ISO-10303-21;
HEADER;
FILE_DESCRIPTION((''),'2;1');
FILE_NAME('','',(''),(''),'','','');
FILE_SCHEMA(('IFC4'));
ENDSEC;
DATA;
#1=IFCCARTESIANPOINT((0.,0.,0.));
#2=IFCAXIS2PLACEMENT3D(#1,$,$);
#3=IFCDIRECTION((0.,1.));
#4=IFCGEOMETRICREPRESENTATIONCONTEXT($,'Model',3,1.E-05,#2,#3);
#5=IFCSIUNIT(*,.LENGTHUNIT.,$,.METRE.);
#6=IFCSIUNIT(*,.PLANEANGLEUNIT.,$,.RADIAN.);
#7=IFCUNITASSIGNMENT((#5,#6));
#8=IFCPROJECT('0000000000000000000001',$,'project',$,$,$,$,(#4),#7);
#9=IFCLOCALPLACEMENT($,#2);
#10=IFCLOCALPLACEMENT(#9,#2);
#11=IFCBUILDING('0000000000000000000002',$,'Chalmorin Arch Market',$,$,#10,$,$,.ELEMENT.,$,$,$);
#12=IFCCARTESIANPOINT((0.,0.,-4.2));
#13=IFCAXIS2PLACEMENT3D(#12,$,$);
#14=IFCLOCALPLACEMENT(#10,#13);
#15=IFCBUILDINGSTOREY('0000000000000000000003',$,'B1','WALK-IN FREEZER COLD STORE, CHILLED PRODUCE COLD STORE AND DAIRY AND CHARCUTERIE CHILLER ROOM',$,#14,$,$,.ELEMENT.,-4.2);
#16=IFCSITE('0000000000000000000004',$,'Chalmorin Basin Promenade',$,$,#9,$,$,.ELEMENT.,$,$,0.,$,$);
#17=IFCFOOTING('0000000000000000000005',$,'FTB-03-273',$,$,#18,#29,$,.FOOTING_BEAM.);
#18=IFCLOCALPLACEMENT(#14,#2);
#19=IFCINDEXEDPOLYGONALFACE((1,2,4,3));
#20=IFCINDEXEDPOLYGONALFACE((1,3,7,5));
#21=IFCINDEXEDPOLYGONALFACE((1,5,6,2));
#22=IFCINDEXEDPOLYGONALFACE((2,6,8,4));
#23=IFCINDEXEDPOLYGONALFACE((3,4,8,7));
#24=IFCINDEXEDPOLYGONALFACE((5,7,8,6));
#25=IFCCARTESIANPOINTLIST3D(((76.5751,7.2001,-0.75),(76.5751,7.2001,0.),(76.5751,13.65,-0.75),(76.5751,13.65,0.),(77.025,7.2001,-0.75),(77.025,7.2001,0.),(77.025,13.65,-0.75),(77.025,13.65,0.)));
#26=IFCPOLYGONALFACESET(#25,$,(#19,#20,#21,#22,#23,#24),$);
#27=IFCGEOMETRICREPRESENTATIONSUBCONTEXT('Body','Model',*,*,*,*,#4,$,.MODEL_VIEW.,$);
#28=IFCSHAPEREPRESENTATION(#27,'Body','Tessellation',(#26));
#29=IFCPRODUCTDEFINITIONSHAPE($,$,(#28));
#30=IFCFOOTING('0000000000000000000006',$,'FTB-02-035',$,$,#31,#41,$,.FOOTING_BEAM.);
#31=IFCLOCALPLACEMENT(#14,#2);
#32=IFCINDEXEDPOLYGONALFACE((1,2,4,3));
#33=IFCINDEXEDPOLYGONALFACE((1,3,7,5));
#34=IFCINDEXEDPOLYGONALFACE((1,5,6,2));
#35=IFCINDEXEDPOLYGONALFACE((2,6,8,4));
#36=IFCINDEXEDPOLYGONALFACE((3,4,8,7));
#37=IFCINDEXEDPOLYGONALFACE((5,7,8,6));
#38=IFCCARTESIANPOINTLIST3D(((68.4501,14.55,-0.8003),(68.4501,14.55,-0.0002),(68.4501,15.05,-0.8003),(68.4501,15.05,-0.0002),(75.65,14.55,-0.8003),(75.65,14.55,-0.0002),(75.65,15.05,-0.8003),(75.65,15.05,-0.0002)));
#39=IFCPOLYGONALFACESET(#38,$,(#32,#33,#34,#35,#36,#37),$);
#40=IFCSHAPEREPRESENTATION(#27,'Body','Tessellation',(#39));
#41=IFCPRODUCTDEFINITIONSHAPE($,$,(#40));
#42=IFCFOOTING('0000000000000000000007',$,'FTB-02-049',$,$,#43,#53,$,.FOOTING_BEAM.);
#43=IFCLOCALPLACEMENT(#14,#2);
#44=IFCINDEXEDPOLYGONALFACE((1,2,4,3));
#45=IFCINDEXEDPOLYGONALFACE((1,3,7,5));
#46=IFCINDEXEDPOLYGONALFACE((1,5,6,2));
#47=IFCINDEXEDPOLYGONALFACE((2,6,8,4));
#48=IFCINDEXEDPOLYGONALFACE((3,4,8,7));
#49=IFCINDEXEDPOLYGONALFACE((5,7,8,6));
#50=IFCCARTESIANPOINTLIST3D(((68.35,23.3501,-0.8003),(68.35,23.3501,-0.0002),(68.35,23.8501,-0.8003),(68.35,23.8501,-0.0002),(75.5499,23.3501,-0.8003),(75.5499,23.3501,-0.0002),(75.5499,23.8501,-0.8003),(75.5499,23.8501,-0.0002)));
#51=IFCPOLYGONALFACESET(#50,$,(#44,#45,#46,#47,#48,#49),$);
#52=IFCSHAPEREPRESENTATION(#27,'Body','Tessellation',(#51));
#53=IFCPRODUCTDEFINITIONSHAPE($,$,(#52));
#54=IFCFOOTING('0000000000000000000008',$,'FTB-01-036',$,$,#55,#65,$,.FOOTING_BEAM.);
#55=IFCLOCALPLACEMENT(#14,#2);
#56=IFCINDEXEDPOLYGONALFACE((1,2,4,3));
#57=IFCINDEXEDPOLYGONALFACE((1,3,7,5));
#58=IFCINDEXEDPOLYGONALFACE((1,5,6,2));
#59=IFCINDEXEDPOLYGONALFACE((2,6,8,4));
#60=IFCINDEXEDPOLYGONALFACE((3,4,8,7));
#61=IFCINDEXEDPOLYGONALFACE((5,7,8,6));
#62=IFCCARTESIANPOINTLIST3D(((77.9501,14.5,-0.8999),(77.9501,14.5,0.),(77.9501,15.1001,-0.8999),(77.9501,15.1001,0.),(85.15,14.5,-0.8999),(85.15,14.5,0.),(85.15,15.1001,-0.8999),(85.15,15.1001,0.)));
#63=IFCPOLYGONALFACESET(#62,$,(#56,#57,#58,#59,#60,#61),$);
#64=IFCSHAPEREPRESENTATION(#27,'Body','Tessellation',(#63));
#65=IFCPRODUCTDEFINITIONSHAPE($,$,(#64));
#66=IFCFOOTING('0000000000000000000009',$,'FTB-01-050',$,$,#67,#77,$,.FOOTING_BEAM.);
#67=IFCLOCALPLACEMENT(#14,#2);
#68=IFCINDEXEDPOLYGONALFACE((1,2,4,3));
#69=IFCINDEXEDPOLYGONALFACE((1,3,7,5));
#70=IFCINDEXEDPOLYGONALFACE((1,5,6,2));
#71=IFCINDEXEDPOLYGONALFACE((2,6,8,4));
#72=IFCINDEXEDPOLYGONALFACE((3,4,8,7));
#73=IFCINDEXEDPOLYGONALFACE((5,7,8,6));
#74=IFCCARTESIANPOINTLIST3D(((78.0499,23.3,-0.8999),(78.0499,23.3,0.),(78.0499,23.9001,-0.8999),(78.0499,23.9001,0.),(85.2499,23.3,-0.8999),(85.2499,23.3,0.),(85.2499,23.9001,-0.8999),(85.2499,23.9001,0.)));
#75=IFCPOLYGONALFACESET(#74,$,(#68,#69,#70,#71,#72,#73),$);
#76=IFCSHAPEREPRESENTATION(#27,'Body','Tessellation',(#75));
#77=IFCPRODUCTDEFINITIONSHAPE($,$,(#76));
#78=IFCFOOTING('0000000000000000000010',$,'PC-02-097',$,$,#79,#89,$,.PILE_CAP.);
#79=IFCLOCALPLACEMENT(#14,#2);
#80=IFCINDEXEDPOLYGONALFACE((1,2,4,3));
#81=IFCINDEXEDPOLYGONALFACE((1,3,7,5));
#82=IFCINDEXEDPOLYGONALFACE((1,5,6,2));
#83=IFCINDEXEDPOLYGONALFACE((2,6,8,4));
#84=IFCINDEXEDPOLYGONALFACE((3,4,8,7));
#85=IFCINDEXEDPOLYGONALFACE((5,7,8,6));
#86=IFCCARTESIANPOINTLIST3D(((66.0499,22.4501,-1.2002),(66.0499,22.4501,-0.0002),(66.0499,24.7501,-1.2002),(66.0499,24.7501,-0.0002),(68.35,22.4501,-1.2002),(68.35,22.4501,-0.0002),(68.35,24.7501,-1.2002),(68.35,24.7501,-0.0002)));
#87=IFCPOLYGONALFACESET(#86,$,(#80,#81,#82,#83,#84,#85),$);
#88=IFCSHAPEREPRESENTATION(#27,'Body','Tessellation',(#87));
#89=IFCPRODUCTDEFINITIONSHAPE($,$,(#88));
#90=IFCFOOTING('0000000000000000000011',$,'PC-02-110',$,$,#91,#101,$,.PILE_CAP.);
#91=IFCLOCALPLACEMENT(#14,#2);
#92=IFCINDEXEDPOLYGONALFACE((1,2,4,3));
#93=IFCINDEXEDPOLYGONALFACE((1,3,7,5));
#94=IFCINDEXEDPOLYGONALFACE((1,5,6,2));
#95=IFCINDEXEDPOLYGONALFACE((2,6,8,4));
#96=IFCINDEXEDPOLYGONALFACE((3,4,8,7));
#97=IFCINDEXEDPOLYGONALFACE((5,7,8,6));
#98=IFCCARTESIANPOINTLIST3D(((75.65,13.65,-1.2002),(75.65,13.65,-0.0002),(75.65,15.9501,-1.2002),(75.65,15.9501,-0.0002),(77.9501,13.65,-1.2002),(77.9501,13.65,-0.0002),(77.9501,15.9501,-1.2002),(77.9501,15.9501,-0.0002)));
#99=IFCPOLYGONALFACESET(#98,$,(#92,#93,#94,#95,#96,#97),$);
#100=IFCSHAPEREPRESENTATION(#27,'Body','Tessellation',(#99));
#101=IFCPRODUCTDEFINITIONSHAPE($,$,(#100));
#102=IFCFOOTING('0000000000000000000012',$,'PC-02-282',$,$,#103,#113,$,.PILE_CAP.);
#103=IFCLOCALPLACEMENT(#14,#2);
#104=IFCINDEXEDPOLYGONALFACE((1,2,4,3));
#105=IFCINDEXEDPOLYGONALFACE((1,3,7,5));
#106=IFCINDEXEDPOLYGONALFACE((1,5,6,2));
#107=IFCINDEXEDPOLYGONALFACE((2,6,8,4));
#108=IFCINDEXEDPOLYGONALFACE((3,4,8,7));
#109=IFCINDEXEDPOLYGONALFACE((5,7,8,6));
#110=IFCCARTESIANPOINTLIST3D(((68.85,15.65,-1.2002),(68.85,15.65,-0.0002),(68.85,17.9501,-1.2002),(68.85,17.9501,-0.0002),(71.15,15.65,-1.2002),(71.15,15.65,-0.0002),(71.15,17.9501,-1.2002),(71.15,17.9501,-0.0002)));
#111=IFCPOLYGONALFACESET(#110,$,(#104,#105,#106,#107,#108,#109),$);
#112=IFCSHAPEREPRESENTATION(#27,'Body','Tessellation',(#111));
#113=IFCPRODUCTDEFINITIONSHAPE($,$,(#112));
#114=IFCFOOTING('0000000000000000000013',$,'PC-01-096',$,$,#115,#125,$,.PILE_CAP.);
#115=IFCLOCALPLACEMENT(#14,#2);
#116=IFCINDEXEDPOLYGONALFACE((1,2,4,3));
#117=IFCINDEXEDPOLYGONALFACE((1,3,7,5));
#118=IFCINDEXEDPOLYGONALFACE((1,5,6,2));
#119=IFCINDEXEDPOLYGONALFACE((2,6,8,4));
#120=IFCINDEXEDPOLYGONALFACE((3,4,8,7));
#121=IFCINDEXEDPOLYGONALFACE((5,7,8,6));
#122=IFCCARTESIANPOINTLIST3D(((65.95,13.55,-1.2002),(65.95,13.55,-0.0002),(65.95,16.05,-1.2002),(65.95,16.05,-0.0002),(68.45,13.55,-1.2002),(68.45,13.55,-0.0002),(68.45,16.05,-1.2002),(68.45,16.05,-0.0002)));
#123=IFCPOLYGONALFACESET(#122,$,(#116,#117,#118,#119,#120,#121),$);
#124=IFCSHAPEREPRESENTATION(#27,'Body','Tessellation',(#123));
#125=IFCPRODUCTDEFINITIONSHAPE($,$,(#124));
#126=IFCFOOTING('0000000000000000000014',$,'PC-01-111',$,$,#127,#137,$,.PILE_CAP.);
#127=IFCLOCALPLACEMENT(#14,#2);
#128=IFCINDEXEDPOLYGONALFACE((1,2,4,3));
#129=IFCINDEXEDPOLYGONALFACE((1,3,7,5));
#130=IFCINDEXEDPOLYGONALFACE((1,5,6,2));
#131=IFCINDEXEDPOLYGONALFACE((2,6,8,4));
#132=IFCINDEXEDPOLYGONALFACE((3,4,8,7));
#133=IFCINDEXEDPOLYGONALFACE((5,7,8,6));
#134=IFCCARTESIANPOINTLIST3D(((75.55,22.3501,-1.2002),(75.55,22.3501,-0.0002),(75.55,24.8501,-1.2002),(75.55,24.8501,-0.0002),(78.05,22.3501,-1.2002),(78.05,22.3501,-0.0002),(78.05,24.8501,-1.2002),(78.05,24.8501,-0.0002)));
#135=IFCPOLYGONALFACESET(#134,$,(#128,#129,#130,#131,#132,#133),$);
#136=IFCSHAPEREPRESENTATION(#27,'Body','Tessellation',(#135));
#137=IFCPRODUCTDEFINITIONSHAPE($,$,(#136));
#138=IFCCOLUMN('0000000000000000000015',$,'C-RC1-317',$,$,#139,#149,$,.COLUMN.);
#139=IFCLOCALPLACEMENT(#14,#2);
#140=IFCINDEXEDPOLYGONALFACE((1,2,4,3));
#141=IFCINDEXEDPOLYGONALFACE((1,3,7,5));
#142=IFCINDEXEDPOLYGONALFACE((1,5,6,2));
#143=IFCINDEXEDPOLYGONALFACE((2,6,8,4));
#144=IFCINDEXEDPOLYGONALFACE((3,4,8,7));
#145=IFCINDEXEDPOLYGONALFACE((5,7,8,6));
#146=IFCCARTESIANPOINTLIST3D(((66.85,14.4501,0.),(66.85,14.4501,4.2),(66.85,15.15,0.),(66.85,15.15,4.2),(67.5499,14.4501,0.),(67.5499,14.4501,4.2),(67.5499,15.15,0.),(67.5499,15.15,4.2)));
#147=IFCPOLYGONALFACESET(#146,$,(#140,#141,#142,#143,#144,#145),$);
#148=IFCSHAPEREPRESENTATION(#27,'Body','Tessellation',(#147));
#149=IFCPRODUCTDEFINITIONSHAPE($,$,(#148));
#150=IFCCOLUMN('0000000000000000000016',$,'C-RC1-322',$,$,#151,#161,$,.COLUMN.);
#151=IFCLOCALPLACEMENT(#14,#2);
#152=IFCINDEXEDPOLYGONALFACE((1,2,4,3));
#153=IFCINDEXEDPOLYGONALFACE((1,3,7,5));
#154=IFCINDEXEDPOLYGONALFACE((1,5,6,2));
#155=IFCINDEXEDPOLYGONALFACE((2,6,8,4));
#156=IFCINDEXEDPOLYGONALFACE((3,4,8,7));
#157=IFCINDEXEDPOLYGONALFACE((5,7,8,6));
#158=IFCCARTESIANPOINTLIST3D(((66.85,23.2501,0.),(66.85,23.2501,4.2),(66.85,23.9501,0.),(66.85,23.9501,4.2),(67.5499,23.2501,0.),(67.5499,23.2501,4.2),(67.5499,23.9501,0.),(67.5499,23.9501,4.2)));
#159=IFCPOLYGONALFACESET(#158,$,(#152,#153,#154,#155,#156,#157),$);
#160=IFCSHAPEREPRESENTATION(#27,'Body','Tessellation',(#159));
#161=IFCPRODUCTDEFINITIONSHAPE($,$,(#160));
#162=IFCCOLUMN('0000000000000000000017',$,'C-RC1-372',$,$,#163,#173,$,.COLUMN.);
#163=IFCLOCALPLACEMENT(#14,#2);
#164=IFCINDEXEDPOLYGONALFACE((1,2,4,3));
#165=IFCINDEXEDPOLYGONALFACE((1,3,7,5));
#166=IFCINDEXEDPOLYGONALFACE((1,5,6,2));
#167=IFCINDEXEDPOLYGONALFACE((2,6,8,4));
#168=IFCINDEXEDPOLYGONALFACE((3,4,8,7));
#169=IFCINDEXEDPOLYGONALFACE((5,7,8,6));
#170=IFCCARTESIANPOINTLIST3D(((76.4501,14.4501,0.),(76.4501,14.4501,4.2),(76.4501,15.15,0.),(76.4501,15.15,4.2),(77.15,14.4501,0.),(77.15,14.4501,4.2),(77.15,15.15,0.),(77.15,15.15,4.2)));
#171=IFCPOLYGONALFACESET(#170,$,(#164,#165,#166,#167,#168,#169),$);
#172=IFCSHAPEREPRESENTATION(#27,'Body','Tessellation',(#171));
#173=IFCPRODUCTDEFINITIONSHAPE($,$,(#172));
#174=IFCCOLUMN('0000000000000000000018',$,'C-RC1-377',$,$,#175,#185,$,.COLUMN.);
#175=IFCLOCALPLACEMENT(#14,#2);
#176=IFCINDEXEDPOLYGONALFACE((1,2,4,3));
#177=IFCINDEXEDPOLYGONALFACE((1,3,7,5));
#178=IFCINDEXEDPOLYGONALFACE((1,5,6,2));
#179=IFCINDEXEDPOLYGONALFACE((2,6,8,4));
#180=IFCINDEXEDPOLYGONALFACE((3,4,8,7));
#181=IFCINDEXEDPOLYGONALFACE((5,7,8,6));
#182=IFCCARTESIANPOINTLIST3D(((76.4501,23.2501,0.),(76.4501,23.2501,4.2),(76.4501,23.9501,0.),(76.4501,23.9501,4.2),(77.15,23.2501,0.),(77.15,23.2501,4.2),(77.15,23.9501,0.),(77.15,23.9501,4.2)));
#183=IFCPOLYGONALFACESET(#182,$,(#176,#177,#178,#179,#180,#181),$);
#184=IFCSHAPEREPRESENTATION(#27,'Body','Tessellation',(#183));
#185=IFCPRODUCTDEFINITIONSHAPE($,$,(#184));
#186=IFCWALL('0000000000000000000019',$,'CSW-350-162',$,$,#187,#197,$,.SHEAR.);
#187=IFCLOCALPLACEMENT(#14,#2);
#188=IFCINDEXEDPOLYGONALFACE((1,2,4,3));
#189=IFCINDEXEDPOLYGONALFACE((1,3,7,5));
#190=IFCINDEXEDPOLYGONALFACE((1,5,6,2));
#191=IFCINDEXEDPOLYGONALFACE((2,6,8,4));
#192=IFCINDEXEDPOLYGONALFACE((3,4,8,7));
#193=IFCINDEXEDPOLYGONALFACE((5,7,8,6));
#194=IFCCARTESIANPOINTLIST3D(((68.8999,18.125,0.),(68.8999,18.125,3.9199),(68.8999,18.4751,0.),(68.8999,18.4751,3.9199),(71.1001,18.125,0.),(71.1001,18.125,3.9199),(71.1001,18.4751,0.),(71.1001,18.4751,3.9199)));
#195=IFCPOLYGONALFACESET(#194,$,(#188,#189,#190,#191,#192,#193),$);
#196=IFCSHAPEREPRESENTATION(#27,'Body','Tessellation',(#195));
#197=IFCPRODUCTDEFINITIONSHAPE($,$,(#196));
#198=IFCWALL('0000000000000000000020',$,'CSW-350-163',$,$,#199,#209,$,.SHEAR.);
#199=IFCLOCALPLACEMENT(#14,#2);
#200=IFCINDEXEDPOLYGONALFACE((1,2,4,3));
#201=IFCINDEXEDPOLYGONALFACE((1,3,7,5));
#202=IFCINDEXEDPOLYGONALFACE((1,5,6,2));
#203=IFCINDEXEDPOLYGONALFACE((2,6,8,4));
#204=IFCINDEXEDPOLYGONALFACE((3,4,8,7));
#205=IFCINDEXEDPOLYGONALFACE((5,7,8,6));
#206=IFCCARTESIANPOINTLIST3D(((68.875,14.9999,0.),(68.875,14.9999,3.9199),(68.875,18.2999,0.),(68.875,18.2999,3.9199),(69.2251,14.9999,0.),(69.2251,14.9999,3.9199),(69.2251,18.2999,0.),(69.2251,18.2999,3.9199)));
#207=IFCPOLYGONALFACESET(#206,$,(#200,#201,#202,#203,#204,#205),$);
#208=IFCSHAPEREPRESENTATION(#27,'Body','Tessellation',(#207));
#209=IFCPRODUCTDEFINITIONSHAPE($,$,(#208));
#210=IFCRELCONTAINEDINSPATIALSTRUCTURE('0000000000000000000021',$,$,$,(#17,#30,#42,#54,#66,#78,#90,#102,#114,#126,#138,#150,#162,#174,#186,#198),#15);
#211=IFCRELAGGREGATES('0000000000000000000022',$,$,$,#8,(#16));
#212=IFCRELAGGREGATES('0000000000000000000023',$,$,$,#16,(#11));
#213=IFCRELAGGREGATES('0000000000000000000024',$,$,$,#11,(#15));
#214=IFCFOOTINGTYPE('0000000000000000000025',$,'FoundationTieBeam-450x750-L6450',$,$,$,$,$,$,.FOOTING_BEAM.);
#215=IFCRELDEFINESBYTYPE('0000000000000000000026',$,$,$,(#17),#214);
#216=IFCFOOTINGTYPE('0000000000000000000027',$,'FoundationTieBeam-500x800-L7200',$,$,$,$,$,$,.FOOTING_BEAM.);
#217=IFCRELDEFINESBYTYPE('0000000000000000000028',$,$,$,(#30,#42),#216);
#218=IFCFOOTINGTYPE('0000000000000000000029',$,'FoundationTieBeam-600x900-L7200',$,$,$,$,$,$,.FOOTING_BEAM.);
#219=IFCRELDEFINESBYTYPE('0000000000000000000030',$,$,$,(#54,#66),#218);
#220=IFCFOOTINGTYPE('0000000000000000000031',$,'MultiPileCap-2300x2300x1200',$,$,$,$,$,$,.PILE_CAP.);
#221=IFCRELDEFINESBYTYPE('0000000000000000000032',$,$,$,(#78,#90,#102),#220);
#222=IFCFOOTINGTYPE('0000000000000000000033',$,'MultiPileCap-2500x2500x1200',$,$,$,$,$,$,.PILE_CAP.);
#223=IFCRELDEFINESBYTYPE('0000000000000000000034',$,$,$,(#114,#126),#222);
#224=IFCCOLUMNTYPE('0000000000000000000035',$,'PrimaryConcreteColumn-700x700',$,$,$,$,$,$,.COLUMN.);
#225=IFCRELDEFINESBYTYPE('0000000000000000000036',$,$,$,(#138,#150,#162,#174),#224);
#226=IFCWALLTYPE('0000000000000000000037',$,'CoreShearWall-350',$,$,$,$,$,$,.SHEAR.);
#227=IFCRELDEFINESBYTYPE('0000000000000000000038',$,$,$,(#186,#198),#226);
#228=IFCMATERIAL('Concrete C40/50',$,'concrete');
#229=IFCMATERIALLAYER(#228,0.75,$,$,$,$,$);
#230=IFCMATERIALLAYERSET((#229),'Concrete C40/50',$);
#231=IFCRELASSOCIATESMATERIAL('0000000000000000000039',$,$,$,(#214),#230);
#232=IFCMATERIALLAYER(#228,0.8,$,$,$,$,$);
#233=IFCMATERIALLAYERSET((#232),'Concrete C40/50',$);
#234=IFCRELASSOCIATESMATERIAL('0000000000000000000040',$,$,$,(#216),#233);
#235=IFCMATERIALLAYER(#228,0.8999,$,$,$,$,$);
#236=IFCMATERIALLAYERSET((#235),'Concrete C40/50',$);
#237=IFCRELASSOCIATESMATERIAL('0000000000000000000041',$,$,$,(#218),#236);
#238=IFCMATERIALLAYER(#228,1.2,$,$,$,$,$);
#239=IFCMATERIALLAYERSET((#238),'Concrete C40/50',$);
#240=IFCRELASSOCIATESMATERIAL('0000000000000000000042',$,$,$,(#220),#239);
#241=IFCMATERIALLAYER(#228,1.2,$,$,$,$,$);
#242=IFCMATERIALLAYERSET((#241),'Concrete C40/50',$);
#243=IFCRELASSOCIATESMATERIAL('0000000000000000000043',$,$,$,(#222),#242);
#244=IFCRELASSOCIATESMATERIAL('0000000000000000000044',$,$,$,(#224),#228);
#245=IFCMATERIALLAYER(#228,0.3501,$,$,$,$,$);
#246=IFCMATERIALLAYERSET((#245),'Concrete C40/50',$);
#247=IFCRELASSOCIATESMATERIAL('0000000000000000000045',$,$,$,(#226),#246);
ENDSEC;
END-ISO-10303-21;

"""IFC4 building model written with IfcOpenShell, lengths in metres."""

from ifc_helpers import new_model, si_unit, direction, frame, frame_2d, origin, origin_2d, place, context, subcontext, project, spatial, rectangle, extrude, material, layer, layer_set, material_profile, profile_set, type_object, element, save


model = new_model("IFC4")

# Units and contexts
model_context = context("Model", 3, precision=1e-05, world=origin(), true_north=direction((0.0, 1.0)))
body_context = subcontext(model_context, "Body", "Model", "MODEL_VIEW")
ifc_project = project(units=[si_unit("LENGTHUNIT", "METRE"), si_unit("PLANEANGLEUNIT", "RADIAN")], contexts=[model_context])

# Site, building, storey
site_placement = place(None, origin())
site = spatial("IfcSite", under=ifc_project, at=site_placement, Name="Chalmorin Basin Promenade", CompositionType="ELEMENT", RefElevation=0.0)
building_placement = place(site_placement, origin())
building = spatial("IfcBuilding", under=site, at=building_placement, Name="Chalmorin Arch Market", CompositionType="ELEMENT")
storey_placement = place(building_placement, frame((0.0, 0.0, -4.2)))
storey = spatial("IfcBuildingStorey", under=building, at=storey_placement, Name="B1", Description="WALK-IN FREEZER COLD STORE, CHILLED PRODUCE COLD STORE AND DAIRY AND CHARCUTERIE CHILLER ROOM", CompositionType="ELEMENT", Elevation=-4.2)

# Footings
ifc_material_1 = material(Name="Concrete C40/50", Category="concrete")
ifc_layer_1 = layer(ifc_material_1, 0.75)
ifc_layer_set_1 = layer_set([ifc_layer_1], Name="Concrete C40/50")
footing_type_1 = type_object("IfcFootingType", Name="FoundationTieBeam-450x750-L6450", PredefinedType="FOOTING_BEAM", material=ifc_layer_set_1)
footing_1_placement = place(storey_placement, frame((76.8, 10.425, -0.75), z_axis=(0.0, 0.0, 1.0), x_axis=(0.0, 1.0, 0.0)))
element("IfcFooting", 1, at=footing_1_placement, inside=storey, type_object=footing_type_1, Name="FTB-03-273", PredefinedType="FOOTING_BEAM", context=body_context, shape_type="SweptSolid", body=[
    extrude(rectangle(XDim=6.45, YDim=0.45, at=origin_2d()), origin(), (0.0, 0.0, 1.0), 0.75),
])
ifc_layer_2 = layer(ifc_material_1, 0.8)
ifc_layer_set_2 = layer_set([ifc_layer_2], Name="Concrete C40/50")
footing_type_2 = type_object("IfcFootingType", Name="FoundationTieBeam-500x800-L7200", PredefinedType="FOOTING_BEAM", material=ifc_layer_set_2)
for number, where, z_axis, x_axis, name in (
    (2, (72.05, 14.8, -0.8003), (0.0, 0.0, 1.0), (1.0, 0.0, 0.0), "FTB-02-035"),
    (3, (71.95, 23.6001, -0.8003), (0.0, 0.0, 1.0), (1.0, 0.0, 0.0), "FTB-02-049"),
):
    element("IfcFooting", number, at=place(storey_placement, frame(where, z_axis=z_axis, x_axis=x_axis)), inside=storey, type_object=footing_type_2, Name=name, PredefinedType="FOOTING_BEAM", context=body_context, shape_type="SweptSolid", body=[
        extrude(rectangle(XDim=7.2, YDim=0.5, at=origin_2d()), origin(), (0.0, 0.0, 1.0), 0.8),
    ])
ifc_layer_3 = layer(ifc_material_1, 0.8999)
ifc_layer_set_3 = layer_set([ifc_layer_3], Name="Concrete C40/50")
footing_type_3 = type_object("IfcFootingType", Name="FoundationTieBeam-600x900-L7200", PredefinedType="FOOTING_BEAM", material=ifc_layer_set_3)
for number, where, z_axis, x_axis, name in (
    (4, (81.55, 14.8, -0.8999), (0.0, 0.0, 1.0), (1.0, 0.0, 0.0), "FTB-01-036"),
    (5, (81.6499, 23.6001, -0.8999), (0.0, 0.0, 1.0), (1.0, 0.0, 0.0), "FTB-01-050"),
):
    element("IfcFooting", number, at=place(storey_placement, frame(where, z_axis=z_axis, x_axis=x_axis)), inside=storey, type_object=footing_type_3, Name=name, PredefinedType="FOOTING_BEAM", context=body_context, shape_type="SweptSolid", body=[
        extrude(rectangle(XDim=7.2, YDim=0.6001, at=origin_2d()), origin(), (0.0, 0.0, 1.0), 0.8999),
    ])
ifc_layer_4 = layer(ifc_material_1, 1.2)
ifc_layer_set_4 = layer_set([ifc_layer_4], Name="Concrete C40/50")
footing_type_4 = type_object("IfcFootingType", Name="MultiPileCap-2300x2300x1200", PredefinedType="PILE_CAP", material=ifc_layer_set_4)
for number, where, z_axis, x_axis, name in (
    (6, (67.2, 23.6001, -1.2002), (0.0, 0.0, 1.0), (1.0, 0.0, 0.0), "PC-02-097"),
    (7, (76.8, 14.8, -1.2002), (0.0, 0.0, 1.0), (1.0, 0.0, 0.0), "PC-02-110"),
    (8, (70.0, 16.8, -1.2002), (0.0, 0.0, 1.0), (1.0, 0.0, 0.0), "PC-02-282"),
):
    element("IfcFooting", number, at=place(storey_placement, frame(where, z_axis=z_axis, x_axis=x_axis)), inside=storey, type_object=footing_type_4, Name=name, PredefinedType="PILE_CAP", context=body_context, shape_type="SweptSolid", body=[
        extrude(rectangle(XDim=2.3, YDim=2.3, at=origin_2d()), origin(), (0.0, 0.0, 1.0), 1.2),
    ])
ifc_layer_5 = layer(ifc_material_1, 1.2)
ifc_layer_set_5 = layer_set([ifc_layer_5], Name="Concrete C40/50")
footing_type_5 = type_object("IfcFootingType", Name="MultiPileCap-2500x2500x1200", PredefinedType="PILE_CAP", material=ifc_layer_set_5)
for number, where, z_axis, x_axis, name in (
    (9, (67.2, 14.8, -1.2002), (0.0, 0.0, 1.0), (1.0, 0.0, 0.0), "PC-01-096"),
    (10, (76.8, 23.6001, -1.2002), (0.0, 0.0, 1.0), (1.0, 0.0, 0.0), "PC-01-111"),
):
    element("IfcFooting", number, at=place(storey_placement, frame(where, z_axis=z_axis, x_axis=x_axis)), inside=storey, type_object=footing_type_5, Name=name, PredefinedType="PILE_CAP", context=body_context, shape_type="SweptSolid", body=[
        extrude(rectangle(XDim=2.5, YDim=2.5, at=origin_2d()), origin(), (0.0, 0.0, 1.0), 1.2),
    ])

# Columns
ifc_material_profile_1 = material_profile(ifc_material_1, rectangle(XDim=0.7, YDim=0.7, at=origin_2d()), Name="RC700X700")
ifc_profile_set_1 = profile_set([ifc_material_profile_1], Name="Concrete C40/50")
column_type = type_object("IfcColumnType", Name="PrimaryConcreteColumn-700x700", PredefinedType="COLUMN", material=ifc_profile_set_1)
for number, where, z_axis, x_axis, name in (
    (11, (67.2, 14.8, 0.0), (0.0, 0.0, 1.0), (1.0, 0.0, 0.0), "C-RC1-317"),
    (12, (67.2, 23.6001, 0.0), (0.0, 0.0, 1.0), (1.0, 0.0, 0.0), "C-RC1-322"),
    (13, (76.8, 14.8, 0.0), (0.0, 0.0, 1.0), (1.0, 0.0, 0.0), "C-RC1-372"),
    (14, (76.8, 23.6001, 0.0), (0.0, 0.0, 1.0), (1.0, 0.0, 0.0), "C-RC1-377"),
):
    element("IfcColumn", number, at=place(storey_placement, frame(where, z_axis=z_axis, x_axis=x_axis)), inside=storey, type_object=column_type, Name=name, PredefinedType="COLUMN", context=body_context, shape_type="SweptSolid", body=[
        extrude(rectangle(XDim=0.7, YDim=0.7, at=origin_2d()), origin(), (0.0, 0.0, 1.0), 4.2),
    ])

# Walls
ifc_layer_6 = layer(ifc_material_1, 0.3501)
ifc_layer_set_6 = layer_set([ifc_layer_6], Name="Concrete C40/50")
wall_type = type_object("IfcWallType", Name="CoreShearWall-350", PredefinedType="SHEAR", material=ifc_layer_set_6)
wall_placement = place(storey_placement, frame((68.8999, 18.3, 0.0), z_axis=(0.0, 0.0, 1.0), x_axis=(1.0, 0.0, 0.0)))
element("IfcWall", 15, at=wall_placement, inside=storey, type_object=wall_type, Name="CSW-350-162", PredefinedType="SHEAR", context=body_context, shape_type="SweptSolid", body=[
    extrude(rectangle(XDim=2.2002, YDim=0.3501, at=frame_2d((1.1001, 0.0))), origin(), (0.0, 0.0, 1.0), 3.9199),
])
for number, where, z_axis, x_axis, name in (
    (16, (69.05, 15.0, 0.0), (0.0, 0.0, 1.0), (0.0, 1.0, 0.0), "CSW-350-163"),
):
    element("IfcWall", number, at=place(storey_placement, frame(where, z_axis=z_axis, x_axis=x_axis)), inside=storey, type_object=wall_type, Name=name, PredefinedType="SHEAR", context=body_context, shape_type="SweptSolid", body=[
        extrude(rectangle(XDim=3.3, YDim=0.3501, at=frame_2d((1.6499, 0.0))), origin(), (0.0, 0.0, 1.0), 3.9199),
    ])

save(model, "model.ifc")
